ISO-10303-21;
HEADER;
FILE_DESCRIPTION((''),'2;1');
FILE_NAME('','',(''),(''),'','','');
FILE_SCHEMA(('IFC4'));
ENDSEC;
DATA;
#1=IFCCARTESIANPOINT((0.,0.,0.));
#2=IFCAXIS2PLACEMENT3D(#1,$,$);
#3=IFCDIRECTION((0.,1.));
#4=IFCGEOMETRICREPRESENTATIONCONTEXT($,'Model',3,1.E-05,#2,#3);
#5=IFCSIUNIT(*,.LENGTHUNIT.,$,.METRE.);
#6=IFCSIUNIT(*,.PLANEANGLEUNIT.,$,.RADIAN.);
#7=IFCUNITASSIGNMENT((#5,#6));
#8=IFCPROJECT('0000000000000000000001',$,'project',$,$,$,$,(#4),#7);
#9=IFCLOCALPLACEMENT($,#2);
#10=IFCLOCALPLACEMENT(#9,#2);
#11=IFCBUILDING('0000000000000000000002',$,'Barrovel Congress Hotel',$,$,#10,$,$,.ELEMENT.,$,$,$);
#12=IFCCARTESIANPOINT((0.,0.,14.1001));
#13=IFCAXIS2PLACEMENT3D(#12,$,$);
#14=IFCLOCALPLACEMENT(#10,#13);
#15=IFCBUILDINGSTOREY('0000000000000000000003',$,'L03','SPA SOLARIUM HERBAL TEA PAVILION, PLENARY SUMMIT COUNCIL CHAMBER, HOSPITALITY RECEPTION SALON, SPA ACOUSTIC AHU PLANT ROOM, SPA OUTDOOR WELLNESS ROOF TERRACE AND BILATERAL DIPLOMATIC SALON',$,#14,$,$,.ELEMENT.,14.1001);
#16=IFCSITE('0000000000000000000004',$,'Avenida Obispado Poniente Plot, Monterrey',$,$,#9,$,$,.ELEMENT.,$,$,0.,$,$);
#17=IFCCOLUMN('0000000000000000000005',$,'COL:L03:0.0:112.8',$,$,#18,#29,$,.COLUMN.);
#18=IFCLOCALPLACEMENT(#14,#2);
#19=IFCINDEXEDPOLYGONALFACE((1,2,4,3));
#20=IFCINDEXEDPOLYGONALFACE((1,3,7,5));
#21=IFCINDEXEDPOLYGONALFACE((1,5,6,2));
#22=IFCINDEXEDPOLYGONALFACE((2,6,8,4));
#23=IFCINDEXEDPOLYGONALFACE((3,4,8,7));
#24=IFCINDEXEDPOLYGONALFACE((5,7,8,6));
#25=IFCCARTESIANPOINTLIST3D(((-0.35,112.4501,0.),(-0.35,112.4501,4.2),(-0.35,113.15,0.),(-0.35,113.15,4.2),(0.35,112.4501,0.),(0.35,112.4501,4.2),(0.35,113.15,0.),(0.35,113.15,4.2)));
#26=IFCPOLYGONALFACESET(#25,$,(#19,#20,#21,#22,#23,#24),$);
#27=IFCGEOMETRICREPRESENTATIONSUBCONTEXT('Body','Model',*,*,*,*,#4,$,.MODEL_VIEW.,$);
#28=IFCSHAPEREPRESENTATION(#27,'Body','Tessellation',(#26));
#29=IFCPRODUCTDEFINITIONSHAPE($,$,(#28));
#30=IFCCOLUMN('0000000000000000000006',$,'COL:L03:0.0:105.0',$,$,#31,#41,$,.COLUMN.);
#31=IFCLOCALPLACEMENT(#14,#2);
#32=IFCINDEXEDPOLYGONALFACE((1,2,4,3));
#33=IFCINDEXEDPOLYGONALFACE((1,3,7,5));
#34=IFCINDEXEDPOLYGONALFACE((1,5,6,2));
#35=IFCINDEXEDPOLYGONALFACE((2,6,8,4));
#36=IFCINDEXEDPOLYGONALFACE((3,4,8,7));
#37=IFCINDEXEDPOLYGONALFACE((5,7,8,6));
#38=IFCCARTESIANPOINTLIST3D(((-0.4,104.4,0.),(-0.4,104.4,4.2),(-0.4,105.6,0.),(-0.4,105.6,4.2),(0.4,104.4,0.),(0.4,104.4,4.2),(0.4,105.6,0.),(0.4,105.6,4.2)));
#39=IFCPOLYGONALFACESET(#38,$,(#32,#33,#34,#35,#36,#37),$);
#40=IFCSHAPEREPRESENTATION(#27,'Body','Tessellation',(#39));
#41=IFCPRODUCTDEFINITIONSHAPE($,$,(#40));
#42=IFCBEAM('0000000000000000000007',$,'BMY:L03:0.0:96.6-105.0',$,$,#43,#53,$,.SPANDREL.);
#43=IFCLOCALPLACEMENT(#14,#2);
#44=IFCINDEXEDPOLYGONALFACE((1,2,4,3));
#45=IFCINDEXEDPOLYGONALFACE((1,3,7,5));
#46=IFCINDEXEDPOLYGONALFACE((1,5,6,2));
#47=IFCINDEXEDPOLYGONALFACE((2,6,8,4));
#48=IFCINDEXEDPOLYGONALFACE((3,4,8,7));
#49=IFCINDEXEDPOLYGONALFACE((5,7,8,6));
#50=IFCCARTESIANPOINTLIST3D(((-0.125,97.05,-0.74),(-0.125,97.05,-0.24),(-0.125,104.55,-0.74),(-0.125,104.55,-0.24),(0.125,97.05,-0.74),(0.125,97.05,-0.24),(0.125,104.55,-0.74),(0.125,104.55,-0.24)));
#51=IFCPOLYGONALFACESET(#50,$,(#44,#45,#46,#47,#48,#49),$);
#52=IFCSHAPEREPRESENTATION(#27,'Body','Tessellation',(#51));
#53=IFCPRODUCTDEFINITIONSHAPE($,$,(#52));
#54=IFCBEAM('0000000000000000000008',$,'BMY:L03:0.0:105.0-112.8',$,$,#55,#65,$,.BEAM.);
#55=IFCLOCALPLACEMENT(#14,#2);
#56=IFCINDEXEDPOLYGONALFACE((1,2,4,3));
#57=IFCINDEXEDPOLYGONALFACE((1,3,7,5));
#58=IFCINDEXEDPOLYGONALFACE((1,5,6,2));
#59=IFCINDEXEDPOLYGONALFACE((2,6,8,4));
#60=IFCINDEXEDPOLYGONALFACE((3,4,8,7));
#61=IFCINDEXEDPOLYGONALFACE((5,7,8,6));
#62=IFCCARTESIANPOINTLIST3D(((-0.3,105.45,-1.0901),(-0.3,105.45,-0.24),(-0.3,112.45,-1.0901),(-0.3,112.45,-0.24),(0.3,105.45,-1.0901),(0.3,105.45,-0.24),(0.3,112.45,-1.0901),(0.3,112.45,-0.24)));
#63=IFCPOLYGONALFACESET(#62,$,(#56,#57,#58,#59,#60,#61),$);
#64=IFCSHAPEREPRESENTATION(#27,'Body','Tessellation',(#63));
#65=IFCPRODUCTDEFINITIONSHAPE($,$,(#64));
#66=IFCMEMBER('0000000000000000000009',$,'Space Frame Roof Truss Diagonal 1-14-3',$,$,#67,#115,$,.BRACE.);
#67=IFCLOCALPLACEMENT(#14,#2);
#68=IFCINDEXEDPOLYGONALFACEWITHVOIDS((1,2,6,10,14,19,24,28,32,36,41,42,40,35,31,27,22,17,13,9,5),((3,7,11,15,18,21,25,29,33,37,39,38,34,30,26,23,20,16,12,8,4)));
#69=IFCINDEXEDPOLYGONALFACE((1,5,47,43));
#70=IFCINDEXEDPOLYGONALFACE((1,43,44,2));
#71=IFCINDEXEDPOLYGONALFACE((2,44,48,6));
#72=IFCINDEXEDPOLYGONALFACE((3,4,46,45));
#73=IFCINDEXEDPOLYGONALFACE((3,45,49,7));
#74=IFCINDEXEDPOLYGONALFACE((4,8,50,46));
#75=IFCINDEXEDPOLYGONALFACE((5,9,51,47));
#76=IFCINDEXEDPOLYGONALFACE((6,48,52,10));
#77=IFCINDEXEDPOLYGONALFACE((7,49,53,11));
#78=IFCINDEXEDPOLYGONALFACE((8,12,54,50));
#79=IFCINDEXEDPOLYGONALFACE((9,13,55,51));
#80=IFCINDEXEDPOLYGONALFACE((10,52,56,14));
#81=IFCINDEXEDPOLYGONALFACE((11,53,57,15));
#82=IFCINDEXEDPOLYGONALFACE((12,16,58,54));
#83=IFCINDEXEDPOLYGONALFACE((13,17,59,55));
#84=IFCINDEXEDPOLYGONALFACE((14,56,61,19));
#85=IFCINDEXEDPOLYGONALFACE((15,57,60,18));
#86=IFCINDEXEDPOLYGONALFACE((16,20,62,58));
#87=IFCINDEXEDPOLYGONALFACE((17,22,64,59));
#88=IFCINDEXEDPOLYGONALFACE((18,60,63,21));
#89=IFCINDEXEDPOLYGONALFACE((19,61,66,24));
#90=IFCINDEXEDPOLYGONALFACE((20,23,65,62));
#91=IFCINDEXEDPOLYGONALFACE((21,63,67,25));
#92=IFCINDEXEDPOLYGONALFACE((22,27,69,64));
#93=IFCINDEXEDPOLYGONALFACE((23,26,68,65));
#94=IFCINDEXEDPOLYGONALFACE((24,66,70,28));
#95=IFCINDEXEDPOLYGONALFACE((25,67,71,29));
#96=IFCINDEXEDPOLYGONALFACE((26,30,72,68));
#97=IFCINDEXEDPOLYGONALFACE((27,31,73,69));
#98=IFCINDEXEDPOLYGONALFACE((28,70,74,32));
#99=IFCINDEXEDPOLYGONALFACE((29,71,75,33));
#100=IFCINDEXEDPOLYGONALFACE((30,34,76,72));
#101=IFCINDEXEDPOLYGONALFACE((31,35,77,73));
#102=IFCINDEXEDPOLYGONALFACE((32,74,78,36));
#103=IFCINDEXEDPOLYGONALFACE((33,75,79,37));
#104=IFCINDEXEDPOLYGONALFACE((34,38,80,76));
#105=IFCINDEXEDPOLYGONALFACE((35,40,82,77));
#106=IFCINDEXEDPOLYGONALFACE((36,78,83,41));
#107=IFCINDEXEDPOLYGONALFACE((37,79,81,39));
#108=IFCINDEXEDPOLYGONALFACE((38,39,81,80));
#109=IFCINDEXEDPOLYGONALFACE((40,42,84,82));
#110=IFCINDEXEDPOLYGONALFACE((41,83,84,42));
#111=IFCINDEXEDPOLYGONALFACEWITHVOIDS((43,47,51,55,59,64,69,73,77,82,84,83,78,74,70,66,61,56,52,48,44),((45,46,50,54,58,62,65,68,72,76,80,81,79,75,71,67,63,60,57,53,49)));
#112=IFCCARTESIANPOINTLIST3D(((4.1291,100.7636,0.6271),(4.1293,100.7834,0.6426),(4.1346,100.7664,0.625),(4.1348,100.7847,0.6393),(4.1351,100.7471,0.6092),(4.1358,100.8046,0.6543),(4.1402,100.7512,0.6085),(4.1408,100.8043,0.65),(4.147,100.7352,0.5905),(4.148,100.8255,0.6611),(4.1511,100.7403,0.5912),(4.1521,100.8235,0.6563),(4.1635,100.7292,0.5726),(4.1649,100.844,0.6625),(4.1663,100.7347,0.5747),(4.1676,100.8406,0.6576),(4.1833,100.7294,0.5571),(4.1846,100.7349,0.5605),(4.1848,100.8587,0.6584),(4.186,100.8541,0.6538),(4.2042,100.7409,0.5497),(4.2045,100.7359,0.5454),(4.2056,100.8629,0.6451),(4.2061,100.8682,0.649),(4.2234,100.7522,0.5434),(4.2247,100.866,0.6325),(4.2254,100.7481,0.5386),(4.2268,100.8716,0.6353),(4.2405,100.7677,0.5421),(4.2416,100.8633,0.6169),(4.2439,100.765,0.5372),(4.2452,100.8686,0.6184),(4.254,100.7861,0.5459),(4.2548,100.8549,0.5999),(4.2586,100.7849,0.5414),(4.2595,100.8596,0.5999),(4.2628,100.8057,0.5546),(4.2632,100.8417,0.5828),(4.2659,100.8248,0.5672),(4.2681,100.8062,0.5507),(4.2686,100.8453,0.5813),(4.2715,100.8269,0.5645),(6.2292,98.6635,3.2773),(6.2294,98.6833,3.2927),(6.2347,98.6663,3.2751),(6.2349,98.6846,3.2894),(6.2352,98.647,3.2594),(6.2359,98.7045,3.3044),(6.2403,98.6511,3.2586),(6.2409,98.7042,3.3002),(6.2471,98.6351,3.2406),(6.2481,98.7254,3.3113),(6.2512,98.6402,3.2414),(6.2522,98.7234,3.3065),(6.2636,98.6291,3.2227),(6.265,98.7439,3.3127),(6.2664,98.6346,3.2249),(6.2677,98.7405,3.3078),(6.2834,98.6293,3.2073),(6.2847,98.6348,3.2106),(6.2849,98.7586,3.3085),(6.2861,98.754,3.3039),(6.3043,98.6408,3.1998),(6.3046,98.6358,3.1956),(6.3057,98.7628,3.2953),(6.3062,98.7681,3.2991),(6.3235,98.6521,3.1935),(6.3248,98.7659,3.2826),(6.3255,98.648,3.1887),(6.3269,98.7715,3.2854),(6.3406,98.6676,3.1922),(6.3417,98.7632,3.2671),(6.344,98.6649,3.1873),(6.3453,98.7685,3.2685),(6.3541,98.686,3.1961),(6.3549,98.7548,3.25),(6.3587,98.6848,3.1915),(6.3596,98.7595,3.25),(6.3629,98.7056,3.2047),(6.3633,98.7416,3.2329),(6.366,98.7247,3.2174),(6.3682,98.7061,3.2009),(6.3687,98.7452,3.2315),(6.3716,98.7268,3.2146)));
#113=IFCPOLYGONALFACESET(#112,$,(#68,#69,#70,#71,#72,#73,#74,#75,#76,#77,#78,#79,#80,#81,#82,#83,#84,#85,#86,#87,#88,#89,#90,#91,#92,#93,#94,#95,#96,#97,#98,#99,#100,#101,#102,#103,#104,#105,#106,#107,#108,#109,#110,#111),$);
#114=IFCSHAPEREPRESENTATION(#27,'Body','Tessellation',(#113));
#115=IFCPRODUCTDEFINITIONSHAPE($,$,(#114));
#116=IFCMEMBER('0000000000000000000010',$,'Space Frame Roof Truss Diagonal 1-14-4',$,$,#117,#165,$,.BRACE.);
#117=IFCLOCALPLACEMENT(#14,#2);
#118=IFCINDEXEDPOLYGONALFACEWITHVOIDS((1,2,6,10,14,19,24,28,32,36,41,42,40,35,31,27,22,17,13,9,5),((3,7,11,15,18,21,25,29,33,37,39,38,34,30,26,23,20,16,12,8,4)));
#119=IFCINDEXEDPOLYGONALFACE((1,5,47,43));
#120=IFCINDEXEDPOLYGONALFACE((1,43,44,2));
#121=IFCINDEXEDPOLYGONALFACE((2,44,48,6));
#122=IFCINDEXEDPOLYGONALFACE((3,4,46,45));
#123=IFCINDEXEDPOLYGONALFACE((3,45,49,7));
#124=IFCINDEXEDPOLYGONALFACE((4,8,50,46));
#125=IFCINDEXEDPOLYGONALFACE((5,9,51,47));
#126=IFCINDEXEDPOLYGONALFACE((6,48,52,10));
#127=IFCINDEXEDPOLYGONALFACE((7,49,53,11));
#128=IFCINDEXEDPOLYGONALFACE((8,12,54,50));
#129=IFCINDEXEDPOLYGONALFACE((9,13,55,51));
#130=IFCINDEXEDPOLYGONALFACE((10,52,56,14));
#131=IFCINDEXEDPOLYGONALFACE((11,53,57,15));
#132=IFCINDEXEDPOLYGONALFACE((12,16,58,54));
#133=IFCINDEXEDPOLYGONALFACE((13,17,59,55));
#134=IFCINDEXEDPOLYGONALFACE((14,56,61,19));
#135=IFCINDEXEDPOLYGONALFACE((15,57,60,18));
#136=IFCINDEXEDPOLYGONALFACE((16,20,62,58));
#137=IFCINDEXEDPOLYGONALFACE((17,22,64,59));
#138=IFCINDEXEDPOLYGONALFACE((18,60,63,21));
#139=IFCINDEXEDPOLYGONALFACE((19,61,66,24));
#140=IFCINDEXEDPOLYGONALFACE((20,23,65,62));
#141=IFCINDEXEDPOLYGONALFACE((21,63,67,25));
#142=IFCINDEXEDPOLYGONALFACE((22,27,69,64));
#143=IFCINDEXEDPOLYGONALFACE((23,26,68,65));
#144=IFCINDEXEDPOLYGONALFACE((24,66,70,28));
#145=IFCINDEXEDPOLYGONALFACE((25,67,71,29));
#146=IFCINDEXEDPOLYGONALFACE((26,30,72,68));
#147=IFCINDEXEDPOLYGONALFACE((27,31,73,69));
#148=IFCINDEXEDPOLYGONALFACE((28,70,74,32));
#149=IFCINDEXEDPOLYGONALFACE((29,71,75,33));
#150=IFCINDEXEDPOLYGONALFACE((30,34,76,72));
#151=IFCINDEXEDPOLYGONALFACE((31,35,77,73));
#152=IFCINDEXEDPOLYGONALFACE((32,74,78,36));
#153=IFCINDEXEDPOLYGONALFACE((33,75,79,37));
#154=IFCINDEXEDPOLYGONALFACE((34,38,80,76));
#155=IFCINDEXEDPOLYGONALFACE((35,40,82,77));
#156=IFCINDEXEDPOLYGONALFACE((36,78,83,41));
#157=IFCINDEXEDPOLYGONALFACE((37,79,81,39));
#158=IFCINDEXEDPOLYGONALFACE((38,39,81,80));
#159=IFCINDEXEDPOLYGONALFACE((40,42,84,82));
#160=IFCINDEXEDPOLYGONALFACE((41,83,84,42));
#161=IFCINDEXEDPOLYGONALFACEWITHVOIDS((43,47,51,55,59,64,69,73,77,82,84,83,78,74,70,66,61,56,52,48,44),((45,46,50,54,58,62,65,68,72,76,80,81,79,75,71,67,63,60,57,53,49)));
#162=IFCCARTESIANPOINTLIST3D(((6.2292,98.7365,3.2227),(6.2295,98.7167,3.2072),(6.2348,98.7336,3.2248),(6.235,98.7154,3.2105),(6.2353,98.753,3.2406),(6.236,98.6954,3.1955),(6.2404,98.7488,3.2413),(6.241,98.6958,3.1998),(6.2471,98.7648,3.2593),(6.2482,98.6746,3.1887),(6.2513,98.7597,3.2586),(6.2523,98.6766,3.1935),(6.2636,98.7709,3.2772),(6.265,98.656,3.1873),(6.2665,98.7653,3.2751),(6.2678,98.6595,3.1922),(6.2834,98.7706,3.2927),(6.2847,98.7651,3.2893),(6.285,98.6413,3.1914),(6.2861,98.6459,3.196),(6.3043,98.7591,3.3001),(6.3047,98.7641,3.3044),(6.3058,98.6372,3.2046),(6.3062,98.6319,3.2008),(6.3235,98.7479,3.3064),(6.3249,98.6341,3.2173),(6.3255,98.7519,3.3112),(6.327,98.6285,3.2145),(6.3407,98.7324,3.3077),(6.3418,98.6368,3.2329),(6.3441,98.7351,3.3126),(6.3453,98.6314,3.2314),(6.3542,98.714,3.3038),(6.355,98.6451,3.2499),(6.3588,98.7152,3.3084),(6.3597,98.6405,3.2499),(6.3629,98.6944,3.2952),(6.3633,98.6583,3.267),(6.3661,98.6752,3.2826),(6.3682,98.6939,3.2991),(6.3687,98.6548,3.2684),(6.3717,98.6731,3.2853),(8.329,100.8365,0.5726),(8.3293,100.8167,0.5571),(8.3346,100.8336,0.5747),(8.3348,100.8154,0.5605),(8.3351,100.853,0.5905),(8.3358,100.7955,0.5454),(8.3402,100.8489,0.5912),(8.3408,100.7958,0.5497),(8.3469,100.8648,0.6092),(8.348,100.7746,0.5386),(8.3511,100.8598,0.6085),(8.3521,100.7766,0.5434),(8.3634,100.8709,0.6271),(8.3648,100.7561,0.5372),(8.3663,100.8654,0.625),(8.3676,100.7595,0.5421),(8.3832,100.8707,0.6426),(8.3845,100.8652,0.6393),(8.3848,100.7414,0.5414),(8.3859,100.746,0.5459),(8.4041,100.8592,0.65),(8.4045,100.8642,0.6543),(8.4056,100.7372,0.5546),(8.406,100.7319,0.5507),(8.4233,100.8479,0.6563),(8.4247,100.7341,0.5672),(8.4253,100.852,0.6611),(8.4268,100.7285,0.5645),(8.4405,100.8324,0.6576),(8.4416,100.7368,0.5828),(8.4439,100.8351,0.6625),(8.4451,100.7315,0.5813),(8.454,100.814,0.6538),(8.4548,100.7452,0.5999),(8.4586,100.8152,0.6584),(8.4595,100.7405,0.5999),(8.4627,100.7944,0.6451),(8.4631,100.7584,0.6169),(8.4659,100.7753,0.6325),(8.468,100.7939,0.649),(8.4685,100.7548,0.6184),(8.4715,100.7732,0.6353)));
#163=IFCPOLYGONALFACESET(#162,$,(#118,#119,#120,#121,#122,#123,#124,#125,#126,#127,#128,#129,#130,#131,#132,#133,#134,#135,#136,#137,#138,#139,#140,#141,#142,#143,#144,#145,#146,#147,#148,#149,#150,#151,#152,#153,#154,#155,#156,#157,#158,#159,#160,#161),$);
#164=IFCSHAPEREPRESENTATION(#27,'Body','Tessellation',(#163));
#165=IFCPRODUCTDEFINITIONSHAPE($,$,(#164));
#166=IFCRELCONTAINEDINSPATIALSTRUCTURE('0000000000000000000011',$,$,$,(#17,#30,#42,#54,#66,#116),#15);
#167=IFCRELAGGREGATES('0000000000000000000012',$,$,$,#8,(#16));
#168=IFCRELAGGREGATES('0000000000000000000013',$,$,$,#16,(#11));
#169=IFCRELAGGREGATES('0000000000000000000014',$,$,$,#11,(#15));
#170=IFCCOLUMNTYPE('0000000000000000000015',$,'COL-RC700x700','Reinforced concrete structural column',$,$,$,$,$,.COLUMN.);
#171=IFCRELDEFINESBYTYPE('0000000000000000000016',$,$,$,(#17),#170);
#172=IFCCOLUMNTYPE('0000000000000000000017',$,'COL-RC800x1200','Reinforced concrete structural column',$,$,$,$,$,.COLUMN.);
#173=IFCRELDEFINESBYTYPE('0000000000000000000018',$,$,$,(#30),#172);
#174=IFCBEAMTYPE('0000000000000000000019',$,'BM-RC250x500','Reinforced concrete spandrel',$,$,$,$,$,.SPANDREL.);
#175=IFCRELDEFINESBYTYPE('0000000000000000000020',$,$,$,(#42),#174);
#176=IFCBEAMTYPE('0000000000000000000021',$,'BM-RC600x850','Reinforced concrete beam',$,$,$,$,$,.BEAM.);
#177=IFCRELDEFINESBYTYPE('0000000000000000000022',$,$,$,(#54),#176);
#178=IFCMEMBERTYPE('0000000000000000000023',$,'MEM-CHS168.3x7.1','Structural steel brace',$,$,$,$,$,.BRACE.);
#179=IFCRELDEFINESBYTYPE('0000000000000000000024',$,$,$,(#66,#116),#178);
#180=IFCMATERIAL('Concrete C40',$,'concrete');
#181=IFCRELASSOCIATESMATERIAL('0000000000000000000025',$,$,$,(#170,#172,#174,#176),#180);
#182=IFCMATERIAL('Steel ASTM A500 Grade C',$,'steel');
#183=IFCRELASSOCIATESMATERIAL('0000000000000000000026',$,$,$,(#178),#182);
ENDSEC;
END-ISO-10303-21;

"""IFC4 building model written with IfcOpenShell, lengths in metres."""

from ifc_helpers import new_model, si_unit, direction, frame, origin, origin_2d, place, context, subcontext, project, spatial, rectangle, hollow_circle, extrude, material, material_profile, profile_set, type_object, element, save


model = new_model("IFC4")

# Units and contexts
model_context = context("Model", 3, precision=1e-05, world=origin(), true_north=direction((0.0, 1.0)))
body_context = subcontext(model_context, "Body", "Model", "MODEL_VIEW")
ifc_project = project(units=[si_unit("LENGTHUNIT", "METRE"), si_unit("PLANEANGLEUNIT", "RADIAN")], contexts=[model_context])

# Site, building, storey
site_placement = place(None, origin())
site = spatial("IfcSite", under=ifc_project, at=site_placement, Name="Avenida Obispado Poniente Plot, Monterrey", CompositionType="ELEMENT", RefElevation=0.0)
building_placement = place(site_placement, origin())
building = spatial("IfcBuilding", under=site, at=building_placement, Name="Barrovel Congress Hotel", CompositionType="ELEMENT")
storey_placement = place(building_placement, frame((0.0, 0.0, 14.1001)))
storey = spatial("IfcBuildingStorey", under=building, at=storey_placement, Name="L03", Description="SPA SOLARIUM HERBAL TEA PAVILION, PLENARY SUMMIT COUNCIL CHAMBER, HOSPITALITY RECEPTION SALON, SPA ACOUSTIC AHU PLANT ROOM, SPA OUTDOOR WELLNESS ROOF TERRACE AND BILATERAL DIPLOMATIC SALON", CompositionType="ELEMENT", Elevation=14.1001)

# Columns
ifc_material_1 = material(Name="Concrete C40", Category="concrete")
ifc_material_profile_1 = material_profile(ifc_material_1, rectangle(XDim=0.7, YDim=0.7, at=origin_2d()), Name="RC700x700")
ifc_profile_set_1 = profile_set([ifc_material_profile_1], Name="Concrete C40")
column_type_1 = type_object("IfcColumnType", Name="COL-RC700x700", Description="Reinforced concrete structural column", PredefinedType="COLUMN", material=ifc_profile_set_1)
column_1_placement = place(storey_placement, frame((0.0, 112.8, 0.0), z_axis=(0.0, 0.0, 1.0), x_axis=(1.0, 0.0, 0.0)))
element("IfcColumn", 1, at=column_1_placement, inside=storey, type_object=column_type_1, Name="COL:L03:0.0:112.8", PredefinedType="COLUMN", context=body_context, shape_type="SweptSolid", body=[
    extrude(rectangle(XDim=0.7, YDim=0.7, at=origin_2d()), origin(), (0.0, 0.0, 1.0), 4.2),
])
ifc_material_profile_2 = material_profile(ifc_material_1, rectangle(XDim=0.8, YDim=1.2, at=origin_2d()), Name="RC800x1200")
ifc_profile_set_2 = profile_set([ifc_material_profile_2], Name="Concrete C40")
column_type_2 = type_object("IfcColumnType", Name="COL-RC800x1200", Description="Reinforced concrete structural column", PredefinedType="COLUMN", material=ifc_profile_set_2)
column_2_placement = place(storey_placement, frame((0.0, 105.0, 0.0), z_axis=(0.0, 0.0, 1.0), x_axis=(1.0, 0.0, 0.0)))
element("IfcColumn", 2, at=column_2_placement, inside=storey, type_object=column_type_2, Name="COL:L03:0.0:105.0", PredefinedType="COLUMN", context=body_context, shape_type="SweptSolid", body=[
    extrude(rectangle(XDim=0.8, YDim=1.2, at=origin_2d()), origin(), (0.0, 0.0, 1.0), 4.2),
])

# Beams
ifc_material_profile_3 = material_profile(ifc_material_1, rectangle(XDim=0.25, YDim=0.5, at=origin_2d()), Name="RC250x500")
ifc_profile_set_3 = profile_set([ifc_material_profile_3], Name="Concrete C40")
beam_type_1 = type_object("IfcBeamType", Name="BM-RC250x500", Description="Reinforced concrete spandrel", PredefinedType="SPANDREL", material=ifc_profile_set_3)
beam_1_placement = place(storey_placement, frame((0.0, 97.05, -0.49), z_axis=(0.0, 1.0, 0.0), x_axis=(-1.0, 0.0, 0.0)))
element("IfcBeam", 3, at=beam_1_placement, inside=storey, type_object=beam_type_1, Name="BMY:L03:0.0:96.6-105.0", PredefinedType="SPANDREL", context=body_context, shape_type="SweptSolid", body=[
    extrude(rectangle(XDim=0.25, YDim=0.5, at=origin_2d()), origin(), (0.0, 0.0, 1.0), 7.5),
])
ifc_material_profile_4 = material_profile(ifc_material_1, rectangle(XDim=0.6001, YDim=0.8501, at=origin_2d()), Name="RC600x850")
ifc_profile_set_4 = profile_set([ifc_material_profile_4], Name="Concrete C40")
beam_type_2 = type_object("IfcBeamType", Name="BM-RC600x850", Description="Reinforced concrete beam", PredefinedType="BEAM", material=ifc_profile_set_4)
beam_2_placement = place(storey_placement, frame((0.0, 105.45, -0.665), z_axis=(0.0, 1.0, 0.0), x_axis=(-1.0, 0.0, 0.0)))
element("IfcBeam", 4, at=beam_2_placement, inside=storey, type_object=beam_type_2, Name="BMY:L03:0.0:105.0-112.8", PredefinedType="BEAM", context=body_context, shape_type="SweptSolid", body=[
    extrude(rectangle(XDim=0.6001, YDim=0.8501, at=origin_2d()), origin(), (0.0, 0.0, 1.0), 7.0),
])

# Members
ifc_material_2 = material(Name="Steel ASTM A500 Grade C", Category="steel")
ifc_material_profile_5 = material_profile(ifc_material_2, hollow_circle(Radius=0.0842, WallThickness=0.0066, at=origin_2d()), Name="CHS168.3x7.1")
ifc_profile_set_5 = profile_set([ifc_material_profile_5], Name="Steel ASTM A500 Grade C")
member_type_1 = type_object("IfcMemberType", Name="MEM-CHS168.3x7.1", Description="Structural steel brace", PredefinedType="BRACE", material=ifc_profile_set_5)
member_1_placement = place(storey_placement, frame((4.2, 100.8, 0.5999), z_axis=(0.527601, -0.527601, 0.665788), x_axis=(0.707107, 0.707107, 0.0)))
element("IfcMember", 5, at=member_1_placement, inside=storey, type_object=member_type_1, Name="Space Frame Roof Truss Diagonal 1-14-3", PredefinedType="BRACE", context=body_context, shape_type="SweptSolid", body=[
    extrude(hollow_circle(Radius=0.0842, WallThickness=0.0066, at=origin_2d()), origin(), (0.0, 0.0, 1.0), 3.9805),
])
member_2_placement = place(storey_placement, frame((8.3999, 100.8, 0.5999), z_axis=(-0.527557, -0.527618, 0.66581), x_axis=(0.707148, -0.707066, 0.0)))
element("IfcMember", 6, at=member_2_placement, inside=storey, type_object=member_type_1, Name="Space Frame Roof Truss Diagonal 1-14-4", PredefinedType="BRACE", context=body_context, shape_type="SweptSolid", body=[
    extrude(hollow_circle(Radius=0.0842, WallThickness=0.0066, at=origin_2d()), origin(), (0.0, 0.0, 1.0), 3.9802),
])

save(model, "model.ifc")
